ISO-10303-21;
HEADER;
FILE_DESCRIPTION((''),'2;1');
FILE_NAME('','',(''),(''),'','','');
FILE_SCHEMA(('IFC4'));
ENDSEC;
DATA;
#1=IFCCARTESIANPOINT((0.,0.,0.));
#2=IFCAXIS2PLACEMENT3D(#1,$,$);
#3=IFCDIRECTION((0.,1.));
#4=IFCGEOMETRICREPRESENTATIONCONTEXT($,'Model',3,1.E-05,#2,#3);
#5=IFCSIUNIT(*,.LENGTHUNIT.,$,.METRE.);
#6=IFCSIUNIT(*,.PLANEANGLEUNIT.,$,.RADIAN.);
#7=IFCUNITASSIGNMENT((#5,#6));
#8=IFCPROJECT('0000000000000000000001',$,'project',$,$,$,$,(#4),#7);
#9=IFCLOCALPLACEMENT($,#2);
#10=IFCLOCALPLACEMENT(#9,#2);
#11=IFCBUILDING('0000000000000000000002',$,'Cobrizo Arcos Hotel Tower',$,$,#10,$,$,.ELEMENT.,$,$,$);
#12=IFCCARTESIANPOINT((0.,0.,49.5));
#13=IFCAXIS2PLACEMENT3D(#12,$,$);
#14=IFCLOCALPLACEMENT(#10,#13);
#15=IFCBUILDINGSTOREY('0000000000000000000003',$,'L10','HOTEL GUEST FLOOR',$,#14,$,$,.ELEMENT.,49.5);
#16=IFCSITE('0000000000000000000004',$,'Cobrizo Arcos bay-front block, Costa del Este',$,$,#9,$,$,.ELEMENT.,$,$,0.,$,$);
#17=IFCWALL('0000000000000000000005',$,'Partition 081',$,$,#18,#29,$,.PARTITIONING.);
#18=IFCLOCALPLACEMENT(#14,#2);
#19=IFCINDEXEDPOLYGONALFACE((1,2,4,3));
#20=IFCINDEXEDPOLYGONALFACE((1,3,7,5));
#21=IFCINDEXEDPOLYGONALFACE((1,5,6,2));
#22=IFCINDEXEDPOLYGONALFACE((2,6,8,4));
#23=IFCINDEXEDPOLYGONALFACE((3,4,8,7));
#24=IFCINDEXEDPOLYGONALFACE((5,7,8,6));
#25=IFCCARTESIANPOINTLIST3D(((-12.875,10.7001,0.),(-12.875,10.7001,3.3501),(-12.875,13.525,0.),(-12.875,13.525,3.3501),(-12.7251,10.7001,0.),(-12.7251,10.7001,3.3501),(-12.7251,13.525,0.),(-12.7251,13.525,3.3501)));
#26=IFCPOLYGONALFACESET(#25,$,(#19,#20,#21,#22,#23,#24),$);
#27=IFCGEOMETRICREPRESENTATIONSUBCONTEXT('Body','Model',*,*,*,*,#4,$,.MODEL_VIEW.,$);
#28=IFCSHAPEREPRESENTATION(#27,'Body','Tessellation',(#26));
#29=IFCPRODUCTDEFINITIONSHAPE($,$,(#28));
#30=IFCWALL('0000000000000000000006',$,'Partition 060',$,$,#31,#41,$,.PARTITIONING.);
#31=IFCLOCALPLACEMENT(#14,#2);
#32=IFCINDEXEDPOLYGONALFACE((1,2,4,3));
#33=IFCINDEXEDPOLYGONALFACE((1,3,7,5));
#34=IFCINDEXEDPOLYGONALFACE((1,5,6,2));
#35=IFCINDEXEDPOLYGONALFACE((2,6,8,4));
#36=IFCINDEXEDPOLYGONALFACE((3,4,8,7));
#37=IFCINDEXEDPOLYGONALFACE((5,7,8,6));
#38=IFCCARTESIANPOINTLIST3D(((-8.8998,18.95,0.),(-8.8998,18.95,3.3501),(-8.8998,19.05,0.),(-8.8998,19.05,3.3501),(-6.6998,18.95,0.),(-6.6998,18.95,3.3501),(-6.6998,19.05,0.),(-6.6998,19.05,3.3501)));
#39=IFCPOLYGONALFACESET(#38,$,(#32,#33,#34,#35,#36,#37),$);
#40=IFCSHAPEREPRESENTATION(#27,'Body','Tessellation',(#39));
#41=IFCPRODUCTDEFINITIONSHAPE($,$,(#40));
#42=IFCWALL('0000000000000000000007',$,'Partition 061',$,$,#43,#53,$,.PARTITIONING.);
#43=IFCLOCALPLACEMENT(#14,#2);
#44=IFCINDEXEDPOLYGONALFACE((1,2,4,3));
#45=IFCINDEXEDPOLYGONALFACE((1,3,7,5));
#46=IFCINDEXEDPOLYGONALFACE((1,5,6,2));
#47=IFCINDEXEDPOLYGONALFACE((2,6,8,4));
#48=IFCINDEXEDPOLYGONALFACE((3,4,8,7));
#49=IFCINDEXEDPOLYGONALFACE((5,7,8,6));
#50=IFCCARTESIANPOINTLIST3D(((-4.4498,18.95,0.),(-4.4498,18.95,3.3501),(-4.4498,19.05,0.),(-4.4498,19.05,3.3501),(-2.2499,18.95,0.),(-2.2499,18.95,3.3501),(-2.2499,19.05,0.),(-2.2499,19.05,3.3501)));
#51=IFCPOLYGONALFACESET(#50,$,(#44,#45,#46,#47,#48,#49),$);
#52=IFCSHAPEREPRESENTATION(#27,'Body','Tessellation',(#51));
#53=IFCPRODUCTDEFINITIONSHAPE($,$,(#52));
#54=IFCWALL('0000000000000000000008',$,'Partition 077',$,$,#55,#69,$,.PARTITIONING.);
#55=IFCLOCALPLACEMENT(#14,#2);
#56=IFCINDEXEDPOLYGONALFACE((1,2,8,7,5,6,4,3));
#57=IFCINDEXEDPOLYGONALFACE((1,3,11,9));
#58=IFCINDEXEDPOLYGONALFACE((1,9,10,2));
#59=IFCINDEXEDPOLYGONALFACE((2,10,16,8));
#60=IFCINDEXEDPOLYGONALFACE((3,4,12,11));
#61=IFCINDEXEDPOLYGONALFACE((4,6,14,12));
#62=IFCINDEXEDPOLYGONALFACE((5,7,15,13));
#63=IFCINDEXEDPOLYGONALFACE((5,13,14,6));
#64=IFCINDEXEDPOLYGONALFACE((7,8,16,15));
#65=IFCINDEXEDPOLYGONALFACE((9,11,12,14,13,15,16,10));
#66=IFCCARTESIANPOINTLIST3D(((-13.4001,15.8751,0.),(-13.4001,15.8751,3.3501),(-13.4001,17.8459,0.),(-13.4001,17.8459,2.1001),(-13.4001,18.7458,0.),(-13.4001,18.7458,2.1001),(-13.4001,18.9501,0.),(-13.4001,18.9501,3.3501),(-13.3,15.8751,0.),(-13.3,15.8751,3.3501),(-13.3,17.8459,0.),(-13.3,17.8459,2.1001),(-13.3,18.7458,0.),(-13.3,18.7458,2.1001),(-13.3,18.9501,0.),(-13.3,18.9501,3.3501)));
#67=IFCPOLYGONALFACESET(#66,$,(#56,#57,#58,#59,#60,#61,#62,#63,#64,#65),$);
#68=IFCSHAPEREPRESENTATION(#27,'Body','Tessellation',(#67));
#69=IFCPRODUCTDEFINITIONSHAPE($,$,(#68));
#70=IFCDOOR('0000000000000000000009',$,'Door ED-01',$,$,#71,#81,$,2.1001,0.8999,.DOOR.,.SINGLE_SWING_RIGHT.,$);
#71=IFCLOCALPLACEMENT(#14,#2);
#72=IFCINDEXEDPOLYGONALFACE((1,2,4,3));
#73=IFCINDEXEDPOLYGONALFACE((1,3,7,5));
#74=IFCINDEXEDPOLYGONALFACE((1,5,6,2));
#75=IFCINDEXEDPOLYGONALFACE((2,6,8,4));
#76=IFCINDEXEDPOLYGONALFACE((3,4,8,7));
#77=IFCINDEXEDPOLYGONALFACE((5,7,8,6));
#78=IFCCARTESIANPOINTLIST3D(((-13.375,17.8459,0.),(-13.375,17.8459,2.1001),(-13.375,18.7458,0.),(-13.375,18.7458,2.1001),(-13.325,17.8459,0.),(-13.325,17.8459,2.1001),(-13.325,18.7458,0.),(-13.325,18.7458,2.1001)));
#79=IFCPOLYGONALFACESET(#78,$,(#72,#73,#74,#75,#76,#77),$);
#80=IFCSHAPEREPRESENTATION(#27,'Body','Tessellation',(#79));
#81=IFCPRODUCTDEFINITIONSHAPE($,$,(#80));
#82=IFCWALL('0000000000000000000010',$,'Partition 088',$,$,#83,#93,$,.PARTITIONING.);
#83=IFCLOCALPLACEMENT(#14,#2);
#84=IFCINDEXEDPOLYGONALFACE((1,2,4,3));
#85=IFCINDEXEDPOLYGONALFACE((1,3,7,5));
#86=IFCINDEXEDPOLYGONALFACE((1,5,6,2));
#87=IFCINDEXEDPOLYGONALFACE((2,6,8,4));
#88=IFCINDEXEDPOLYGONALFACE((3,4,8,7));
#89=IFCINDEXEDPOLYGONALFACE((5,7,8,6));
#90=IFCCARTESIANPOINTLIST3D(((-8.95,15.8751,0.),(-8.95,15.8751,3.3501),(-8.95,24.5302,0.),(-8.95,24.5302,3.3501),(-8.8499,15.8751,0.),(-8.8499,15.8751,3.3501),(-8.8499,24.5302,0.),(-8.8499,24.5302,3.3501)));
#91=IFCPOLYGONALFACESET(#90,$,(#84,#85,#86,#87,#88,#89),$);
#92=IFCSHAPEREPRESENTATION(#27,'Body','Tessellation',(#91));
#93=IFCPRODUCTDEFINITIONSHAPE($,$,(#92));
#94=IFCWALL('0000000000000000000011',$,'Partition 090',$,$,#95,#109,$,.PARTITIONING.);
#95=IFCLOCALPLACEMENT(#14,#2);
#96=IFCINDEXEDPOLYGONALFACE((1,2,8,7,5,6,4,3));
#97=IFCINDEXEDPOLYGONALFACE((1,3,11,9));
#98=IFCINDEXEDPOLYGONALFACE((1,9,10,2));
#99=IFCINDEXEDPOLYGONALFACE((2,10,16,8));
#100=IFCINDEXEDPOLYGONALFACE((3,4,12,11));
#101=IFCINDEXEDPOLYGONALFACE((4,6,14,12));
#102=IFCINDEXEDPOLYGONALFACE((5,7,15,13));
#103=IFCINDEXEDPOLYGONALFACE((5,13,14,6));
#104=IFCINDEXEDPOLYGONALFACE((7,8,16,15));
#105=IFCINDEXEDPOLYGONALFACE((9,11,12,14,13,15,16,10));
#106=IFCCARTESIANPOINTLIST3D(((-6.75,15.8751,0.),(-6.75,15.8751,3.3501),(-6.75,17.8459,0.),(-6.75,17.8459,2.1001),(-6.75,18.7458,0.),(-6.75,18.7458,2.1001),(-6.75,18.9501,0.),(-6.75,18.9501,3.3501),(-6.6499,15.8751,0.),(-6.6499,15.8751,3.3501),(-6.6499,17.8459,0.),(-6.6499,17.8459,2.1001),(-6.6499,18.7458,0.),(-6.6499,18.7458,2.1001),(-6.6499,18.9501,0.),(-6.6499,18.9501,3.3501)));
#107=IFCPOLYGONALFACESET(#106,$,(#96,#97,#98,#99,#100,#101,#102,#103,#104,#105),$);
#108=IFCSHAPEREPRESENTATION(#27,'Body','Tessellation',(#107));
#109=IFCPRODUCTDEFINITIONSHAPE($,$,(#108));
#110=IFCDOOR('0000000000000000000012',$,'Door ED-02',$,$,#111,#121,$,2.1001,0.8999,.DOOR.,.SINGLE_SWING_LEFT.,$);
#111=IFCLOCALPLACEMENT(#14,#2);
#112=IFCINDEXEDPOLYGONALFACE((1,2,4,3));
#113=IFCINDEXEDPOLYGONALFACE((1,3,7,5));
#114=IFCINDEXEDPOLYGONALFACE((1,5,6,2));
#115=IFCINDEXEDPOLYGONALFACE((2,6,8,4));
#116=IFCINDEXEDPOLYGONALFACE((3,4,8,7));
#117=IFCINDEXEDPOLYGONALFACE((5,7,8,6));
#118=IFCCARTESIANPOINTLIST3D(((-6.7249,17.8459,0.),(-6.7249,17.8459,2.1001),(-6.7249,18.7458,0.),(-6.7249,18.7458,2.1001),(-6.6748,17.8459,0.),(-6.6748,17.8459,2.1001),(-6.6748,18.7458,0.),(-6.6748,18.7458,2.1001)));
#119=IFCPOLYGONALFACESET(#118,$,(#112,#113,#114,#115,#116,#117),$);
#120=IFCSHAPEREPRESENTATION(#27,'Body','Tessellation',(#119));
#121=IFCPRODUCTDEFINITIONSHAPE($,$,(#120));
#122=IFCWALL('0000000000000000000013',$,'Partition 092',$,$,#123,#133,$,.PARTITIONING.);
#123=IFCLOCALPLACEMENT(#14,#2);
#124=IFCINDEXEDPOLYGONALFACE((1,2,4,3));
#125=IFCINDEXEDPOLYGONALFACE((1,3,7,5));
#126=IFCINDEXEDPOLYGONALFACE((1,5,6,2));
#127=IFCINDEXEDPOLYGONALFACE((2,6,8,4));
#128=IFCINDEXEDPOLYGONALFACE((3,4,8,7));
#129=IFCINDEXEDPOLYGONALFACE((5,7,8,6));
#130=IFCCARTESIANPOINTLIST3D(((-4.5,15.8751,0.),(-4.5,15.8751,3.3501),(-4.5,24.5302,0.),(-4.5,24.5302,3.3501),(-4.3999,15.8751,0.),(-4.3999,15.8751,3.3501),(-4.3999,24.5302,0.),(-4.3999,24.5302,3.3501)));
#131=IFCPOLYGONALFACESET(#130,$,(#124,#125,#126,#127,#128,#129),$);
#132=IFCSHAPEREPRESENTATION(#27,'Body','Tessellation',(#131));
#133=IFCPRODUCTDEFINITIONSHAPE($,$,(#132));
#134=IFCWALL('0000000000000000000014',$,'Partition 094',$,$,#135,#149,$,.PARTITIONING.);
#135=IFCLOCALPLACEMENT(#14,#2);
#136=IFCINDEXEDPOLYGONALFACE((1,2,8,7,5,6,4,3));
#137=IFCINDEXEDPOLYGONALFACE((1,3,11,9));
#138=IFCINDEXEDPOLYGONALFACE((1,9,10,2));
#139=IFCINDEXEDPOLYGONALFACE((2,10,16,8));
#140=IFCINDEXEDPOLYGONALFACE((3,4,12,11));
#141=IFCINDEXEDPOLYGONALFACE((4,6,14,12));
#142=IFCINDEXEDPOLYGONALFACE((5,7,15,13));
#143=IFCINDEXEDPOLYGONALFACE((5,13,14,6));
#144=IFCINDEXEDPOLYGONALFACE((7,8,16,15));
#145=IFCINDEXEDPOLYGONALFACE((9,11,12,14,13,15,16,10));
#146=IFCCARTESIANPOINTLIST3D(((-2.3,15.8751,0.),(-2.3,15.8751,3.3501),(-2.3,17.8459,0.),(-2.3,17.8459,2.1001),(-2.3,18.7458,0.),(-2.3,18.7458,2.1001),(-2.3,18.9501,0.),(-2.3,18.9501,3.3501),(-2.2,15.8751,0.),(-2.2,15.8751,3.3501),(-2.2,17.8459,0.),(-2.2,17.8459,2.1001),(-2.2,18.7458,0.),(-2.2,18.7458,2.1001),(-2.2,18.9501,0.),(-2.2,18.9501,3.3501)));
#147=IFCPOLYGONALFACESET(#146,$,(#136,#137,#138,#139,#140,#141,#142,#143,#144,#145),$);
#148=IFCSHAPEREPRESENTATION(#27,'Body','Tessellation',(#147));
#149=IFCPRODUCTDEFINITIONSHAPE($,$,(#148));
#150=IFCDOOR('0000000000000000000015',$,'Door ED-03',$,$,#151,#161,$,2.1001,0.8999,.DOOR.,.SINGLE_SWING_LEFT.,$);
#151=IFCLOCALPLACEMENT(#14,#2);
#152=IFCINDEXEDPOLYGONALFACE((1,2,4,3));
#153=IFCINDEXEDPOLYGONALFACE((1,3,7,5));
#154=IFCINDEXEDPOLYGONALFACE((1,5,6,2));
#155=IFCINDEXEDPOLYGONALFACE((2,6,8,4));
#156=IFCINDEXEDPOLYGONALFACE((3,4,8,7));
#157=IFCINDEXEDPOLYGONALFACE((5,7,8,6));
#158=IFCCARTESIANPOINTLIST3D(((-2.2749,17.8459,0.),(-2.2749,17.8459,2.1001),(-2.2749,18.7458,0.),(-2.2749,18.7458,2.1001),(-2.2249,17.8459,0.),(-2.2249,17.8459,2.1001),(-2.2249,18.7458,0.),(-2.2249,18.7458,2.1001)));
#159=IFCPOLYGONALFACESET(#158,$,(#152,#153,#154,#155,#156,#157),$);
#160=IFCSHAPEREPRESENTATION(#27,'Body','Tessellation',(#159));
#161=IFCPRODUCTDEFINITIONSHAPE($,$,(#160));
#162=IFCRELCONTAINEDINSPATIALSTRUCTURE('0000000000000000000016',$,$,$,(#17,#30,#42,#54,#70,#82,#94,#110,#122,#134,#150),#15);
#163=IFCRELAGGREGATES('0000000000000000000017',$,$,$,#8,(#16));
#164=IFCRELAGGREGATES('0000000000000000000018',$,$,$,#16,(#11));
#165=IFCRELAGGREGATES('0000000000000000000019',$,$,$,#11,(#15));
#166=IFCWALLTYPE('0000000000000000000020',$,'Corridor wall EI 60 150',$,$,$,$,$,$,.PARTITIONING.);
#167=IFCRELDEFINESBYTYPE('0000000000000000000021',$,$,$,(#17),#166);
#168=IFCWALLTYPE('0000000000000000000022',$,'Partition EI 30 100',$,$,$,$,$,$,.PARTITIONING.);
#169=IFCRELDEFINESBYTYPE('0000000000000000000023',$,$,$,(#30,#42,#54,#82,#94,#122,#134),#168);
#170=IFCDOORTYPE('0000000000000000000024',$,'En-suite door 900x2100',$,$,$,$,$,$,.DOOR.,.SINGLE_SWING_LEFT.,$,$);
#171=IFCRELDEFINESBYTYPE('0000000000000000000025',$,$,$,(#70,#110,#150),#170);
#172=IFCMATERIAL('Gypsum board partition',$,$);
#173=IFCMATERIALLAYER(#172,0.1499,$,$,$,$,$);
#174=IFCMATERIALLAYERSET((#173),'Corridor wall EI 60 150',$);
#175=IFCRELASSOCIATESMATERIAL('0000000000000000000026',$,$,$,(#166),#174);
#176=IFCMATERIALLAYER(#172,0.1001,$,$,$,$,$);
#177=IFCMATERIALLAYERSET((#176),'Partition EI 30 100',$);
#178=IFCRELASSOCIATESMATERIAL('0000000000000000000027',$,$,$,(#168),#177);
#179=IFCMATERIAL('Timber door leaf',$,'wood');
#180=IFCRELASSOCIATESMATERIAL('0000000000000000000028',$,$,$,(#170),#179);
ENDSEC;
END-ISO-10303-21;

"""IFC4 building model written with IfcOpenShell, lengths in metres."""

from ifc_helpers import new_model, si_unit, direction, frame, frame_2d, origin, place, context, subcontext, project, spatial, rectangle, extrude, material, layer, layer_set, type_object, element, fill, save


model = new_model("IFC4")

# Units and contexts
model_context = context("Model", 3, precision=1e-05, world=origin(), true_north=direction((0.0, 1.0)))
body_context = subcontext(model_context, "Body", "Model", "MODEL_VIEW")
ifc_project = project(units=[si_unit("LENGTHUNIT", "METRE"), si_unit("PLANEANGLEUNIT", "RADIAN")], contexts=[model_context])

# Site, building, storey
site_placement = place(None, origin())
site = spatial("IfcSite", under=ifc_project, at=site_placement, Name="Cobrizo Arcos bay-front block, Costa del Este", CompositionType="ELEMENT", RefElevation=0.0)
building_placement = place(site_placement, origin())
building = spatial("IfcBuilding", under=site, at=building_placement, Name="Cobrizo Arcos Hotel Tower", CompositionType="ELEMENT")
storey_placement = place(building_placement, frame((0.0, 0.0, 49.5)))
storey = spatial("IfcBuildingStorey", under=building, at=storey_placement, Name="L10", Description="HOTEL GUEST FLOOR", CompositionType="ELEMENT", Elevation=49.5)

# Shared definitions
ifc_material_1 = material(Name="Gypsum board partition")
ifc_layer_1 = layer(ifc_material_1, 0.1499)
ifc_layer_set_1 = layer_set([ifc_layer_1], Name="Corridor wall EI 60 150")
wall_type_1 = type_object("IfcWallType", Name="Corridor wall EI 60 150", PredefinedType="PARTITIONING", material=ifc_layer_set_1)
ifc_material_2 = material(Name="Timber door leaf", Category="wood")

# Walls
wall_1_placement = place(storey_placement, frame((-12.8, 10.7, 0.0), z_axis=(0.0, 0.0, 1.0), x_axis=(0.0, 1.0, 0.0)))
element("IfcWall", 1, at=wall_1_placement, inside=storey, type_object=wall_type_1, Name="Partition 081", PredefinedType="PARTITIONING", context=body_context, shape_type="SweptSolid", body=[
    extrude(rectangle(XDim=2.825, YDim=0.1499, at=frame_2d((1.4126, 0.0))), origin(), (0.0, 0.0, 1.0), 3.3501),
])
ifc_layer_2 = layer(ifc_material_1, 0.1001)
ifc_layer_set_2 = layer_set([ifc_layer_2], Name="Partition EI 30 100")
wall_type_2 = type_object("IfcWallType", Name="Partition EI 30 100", PredefinedType="PARTITIONING", material=ifc_layer_set_2)
for number, where, z_axis, x_axis, name in (
    (2, (-8.8999, 19.0, 0.0), (0.0, 0.0, 1.0), (1.0, 0.0, 0.0), "Partition 060"),
    (3, (-4.45, 19.0, 0.0), (0.0, 0.0, 1.0), (1.0, 0.0, 0.0), "Partition 061"),
):
    element("IfcWall", number, at=place(storey_placement, frame(where, z_axis=z_axis, x_axis=x_axis)), inside=storey, type_object=wall_type_2, Name=name, PredefinedType="PARTITIONING", context=body_context, shape_type="SweptSolid", body=[
        extrude(rectangle(XDim=2.2, YDim=0.1001, at=frame_2d((1.1001, 0.0))), origin(), (0.0, 0.0, 1.0), 3.3501),
    ])

# Wall, opening, door
wall_2_placement = place(storey_placement, frame((-13.3501, 15.875, 0.0), z_axis=(0.0, 0.0, 1.0), x_axis=(0.0, 1.0, 0.0)))
wall_2 = element("IfcWall", 4, at=wall_2_placement, inside=storey, type_object=wall_type_2, Name="Partition 077", PredefinedType="PARTITIONING", context=body_context, shape_type="SweptSolid", body=[
    extrude(rectangle(XDim=3.075, YDim=0.1001, at=frame_2d((1.5376, 0.0))), origin(), (0.0, 0.0, 1.0), 3.3501),
])
opening_1_placement = place(wall_2_placement, frame((1.9709, 0.0, 0.0)))
opening_1 = element("IfcOpeningElement", 5, at=opening_1_placement, cuts=wall_2, PredefinedType="OPENING", context=body_context, shape_type="SweptSolid", body=[
    extrude(rectangle(XDim=0.8999, YDim=2.1001, at=frame_2d((0.45, 1.05))), frame((0.0, 0.062, 0.0), z_axis=(0.0, -1.0, 0.0), x_axis=(1.0, 0.0, 0.0)), (0.0, 0.0, 1.0), 0.124),
])
door_type_1 = type_object("IfcDoorType", Name="En-suite door 900x2100", OperationType="SINGLE_SWING_LEFT", PredefinedType="DOOR", material=ifc_material_2)
door_1_placement = place(opening_1_placement, origin())
door_1 = element("IfcDoor", 6, at=door_1_placement, inside=storey, type_object=door_type_1, Name="Door ED-01", OperationType="SINGLE_SWING_RIGHT", OverallHeight=2.1001, OverallWidth=0.8999, PredefinedType="DOOR", context=body_context, shape_type="SweptSolid", body=[
    extrude(rectangle(XDim=0.8999, YDim=2.1001, at=frame_2d((0.45, 1.05))), frame((0.0, 0.0249, 0.0), z_axis=(0.0, -1.0, 0.0), x_axis=(1.0, 0.0, 0.0)), (0.0, 0.0, 1.0), 0.05),
])
fill(opening_1, door_1)

# Wall
wall_3_placement = place(storey_placement, frame((-8.8999, 15.875, 0.0), z_axis=(0.0, 0.0, 1.0), x_axis=(0.0, 1.0, 0.0)))
element("IfcWall", 7, at=wall_3_placement, inside=storey, type_object=wall_type_2, Name="Partition 088", PredefinedType="PARTITIONING", context=body_context, shape_type="SweptSolid", body=[
    extrude(rectangle(XDim=8.655, YDim=0.1001, at=frame_2d((4.3276, 0.0))), origin(), (0.0, 0.0, 1.0), 3.3501),
])

# Wall, opening, door
wall_4_placement = place(storey_placement, frame((-6.7, 15.875, 0.0), z_axis=(0.0, 0.0, 1.0), x_axis=(0.0, 1.0, 0.0)))
wall_4 = element("IfcWall", 8, at=wall_4_placement, inside=storey, type_object=wall_type_2, Name="Partition 090", PredefinedType="PARTITIONING", context=body_context, shape_type="SweptSolid", body=[
    extrude(rectangle(XDim=3.075, YDim=0.1001, at=frame_2d((1.5376, 0.0))), origin(), (0.0, 0.0, 1.0), 3.3501),
])
opening_2_placement = place(wall_4_placement, frame((1.9709, 0.0, 0.0)))
opening_2 = element("IfcOpeningElement", 9, at=opening_2_placement, cuts=wall_4, PredefinedType="OPENING", context=body_context, shape_type="SweptSolid", body=[
    extrude(rectangle(XDim=0.8999, YDim=2.1001, at=frame_2d((0.45, 1.05))), frame((0.0, 0.062, 0.0), z_axis=(0.0, -1.0, 0.0), x_axis=(1.0, 0.0, 0.0)), (0.0, 0.0, 1.0), 0.124),
])
door_2_placement = place(opening_2_placement, origin())
door_2 = element("IfcDoor", 10, at=door_2_placement, inside=storey, type_object=door_type_1, Name="Door ED-02", OperationType="SINGLE_SWING_LEFT", OverallHeight=2.1001, OverallWidth=0.8999, PredefinedType="DOOR", context=body_context, shape_type="SweptSolid", body=[
    extrude(rectangle(XDim=0.8999, YDim=2.1001, at=frame_2d((0.45, 1.05))), frame((0.0, 0.0249, 0.0), z_axis=(0.0, -1.0, 0.0), x_axis=(1.0, 0.0, 0.0)), (0.0, 0.0, 1.0), 0.05),
])
fill(opening_2, door_2)

# Wall
wall_5_placement = place(storey_placement, frame((-4.45, 15.875, 0.0), z_axis=(0.0, 0.0, 1.0), x_axis=(0.0, 1.0, 0.0)))
element("IfcWall", 11, at=wall_5_placement, inside=storey, type_object=wall_type_2, Name="Partition 092", PredefinedType="PARTITIONING", context=body_context, shape_type="SweptSolid", body=[
    extrude(rectangle(XDim=8.655, YDim=0.1001, at=frame_2d((4.3276, 0.0))), origin(), (0.0, 0.0, 1.0), 3.3501),
])

# Wall, opening, door
wall_6_placement = place(storey_placement, frame((-2.25, 15.875, 0.0), z_axis=(0.0, 0.0, 1.0), x_axis=(0.0, 1.0, 0.0)))
wall_6 = element("IfcWall", 12, at=wall_6_placement, inside=storey, type_object=wall_type_2, Name="Partition 094", PredefinedType="PARTITIONING", context=body_context, shape_type="SweptSolid", body=[
    extrude(rectangle(XDim=3.075, YDim=0.1001, at=frame_2d((1.5376, 0.0))), origin(), (0.0, 0.0, 1.0), 3.3501),
])
opening_3_placement = place(wall_6_placement, frame((1.9709, 0.0, 0.0)))
opening_3 = element("IfcOpeningElement", 13, at=opening_3_placement, cuts=wall_6, PredefinedType="OPENING", context=body_context, shape_type="SweptSolid", body=[
    extrude(rectangle(XDim=0.8999, YDim=2.1001, at=frame_2d((0.45, 1.05))), frame((0.0, 0.062, 0.0), z_axis=(0.0, -1.0, 0.0), x_axis=(1.0, 0.0, 0.0)), (0.0, 0.0, 1.0), 0.124),
])
door_3_placement = place(opening_3_placement, origin())
door_3 = element("IfcDoor", 14, at=door_3_placement, inside=storey, type_object=door_type_1, Name="Door ED-03", OperationType="SINGLE_SWING_LEFT", OverallHeight=2.1001, OverallWidth=0.8999, PredefinedType="DOOR", context=body_context, shape_type="SweptSolid", body=[
    extrude(rectangle(XDim=0.8999, YDim=2.1001, at=frame_2d((0.45, 1.05))), frame((0.0, 0.0249, 0.0), z_axis=(0.0, -1.0, 0.0), x_axis=(1.0, 0.0, 0.0)), (0.0, 0.0, 1.0), 0.05),
])
fill(opening_3, door_3)

save(model, "model.ifc")
